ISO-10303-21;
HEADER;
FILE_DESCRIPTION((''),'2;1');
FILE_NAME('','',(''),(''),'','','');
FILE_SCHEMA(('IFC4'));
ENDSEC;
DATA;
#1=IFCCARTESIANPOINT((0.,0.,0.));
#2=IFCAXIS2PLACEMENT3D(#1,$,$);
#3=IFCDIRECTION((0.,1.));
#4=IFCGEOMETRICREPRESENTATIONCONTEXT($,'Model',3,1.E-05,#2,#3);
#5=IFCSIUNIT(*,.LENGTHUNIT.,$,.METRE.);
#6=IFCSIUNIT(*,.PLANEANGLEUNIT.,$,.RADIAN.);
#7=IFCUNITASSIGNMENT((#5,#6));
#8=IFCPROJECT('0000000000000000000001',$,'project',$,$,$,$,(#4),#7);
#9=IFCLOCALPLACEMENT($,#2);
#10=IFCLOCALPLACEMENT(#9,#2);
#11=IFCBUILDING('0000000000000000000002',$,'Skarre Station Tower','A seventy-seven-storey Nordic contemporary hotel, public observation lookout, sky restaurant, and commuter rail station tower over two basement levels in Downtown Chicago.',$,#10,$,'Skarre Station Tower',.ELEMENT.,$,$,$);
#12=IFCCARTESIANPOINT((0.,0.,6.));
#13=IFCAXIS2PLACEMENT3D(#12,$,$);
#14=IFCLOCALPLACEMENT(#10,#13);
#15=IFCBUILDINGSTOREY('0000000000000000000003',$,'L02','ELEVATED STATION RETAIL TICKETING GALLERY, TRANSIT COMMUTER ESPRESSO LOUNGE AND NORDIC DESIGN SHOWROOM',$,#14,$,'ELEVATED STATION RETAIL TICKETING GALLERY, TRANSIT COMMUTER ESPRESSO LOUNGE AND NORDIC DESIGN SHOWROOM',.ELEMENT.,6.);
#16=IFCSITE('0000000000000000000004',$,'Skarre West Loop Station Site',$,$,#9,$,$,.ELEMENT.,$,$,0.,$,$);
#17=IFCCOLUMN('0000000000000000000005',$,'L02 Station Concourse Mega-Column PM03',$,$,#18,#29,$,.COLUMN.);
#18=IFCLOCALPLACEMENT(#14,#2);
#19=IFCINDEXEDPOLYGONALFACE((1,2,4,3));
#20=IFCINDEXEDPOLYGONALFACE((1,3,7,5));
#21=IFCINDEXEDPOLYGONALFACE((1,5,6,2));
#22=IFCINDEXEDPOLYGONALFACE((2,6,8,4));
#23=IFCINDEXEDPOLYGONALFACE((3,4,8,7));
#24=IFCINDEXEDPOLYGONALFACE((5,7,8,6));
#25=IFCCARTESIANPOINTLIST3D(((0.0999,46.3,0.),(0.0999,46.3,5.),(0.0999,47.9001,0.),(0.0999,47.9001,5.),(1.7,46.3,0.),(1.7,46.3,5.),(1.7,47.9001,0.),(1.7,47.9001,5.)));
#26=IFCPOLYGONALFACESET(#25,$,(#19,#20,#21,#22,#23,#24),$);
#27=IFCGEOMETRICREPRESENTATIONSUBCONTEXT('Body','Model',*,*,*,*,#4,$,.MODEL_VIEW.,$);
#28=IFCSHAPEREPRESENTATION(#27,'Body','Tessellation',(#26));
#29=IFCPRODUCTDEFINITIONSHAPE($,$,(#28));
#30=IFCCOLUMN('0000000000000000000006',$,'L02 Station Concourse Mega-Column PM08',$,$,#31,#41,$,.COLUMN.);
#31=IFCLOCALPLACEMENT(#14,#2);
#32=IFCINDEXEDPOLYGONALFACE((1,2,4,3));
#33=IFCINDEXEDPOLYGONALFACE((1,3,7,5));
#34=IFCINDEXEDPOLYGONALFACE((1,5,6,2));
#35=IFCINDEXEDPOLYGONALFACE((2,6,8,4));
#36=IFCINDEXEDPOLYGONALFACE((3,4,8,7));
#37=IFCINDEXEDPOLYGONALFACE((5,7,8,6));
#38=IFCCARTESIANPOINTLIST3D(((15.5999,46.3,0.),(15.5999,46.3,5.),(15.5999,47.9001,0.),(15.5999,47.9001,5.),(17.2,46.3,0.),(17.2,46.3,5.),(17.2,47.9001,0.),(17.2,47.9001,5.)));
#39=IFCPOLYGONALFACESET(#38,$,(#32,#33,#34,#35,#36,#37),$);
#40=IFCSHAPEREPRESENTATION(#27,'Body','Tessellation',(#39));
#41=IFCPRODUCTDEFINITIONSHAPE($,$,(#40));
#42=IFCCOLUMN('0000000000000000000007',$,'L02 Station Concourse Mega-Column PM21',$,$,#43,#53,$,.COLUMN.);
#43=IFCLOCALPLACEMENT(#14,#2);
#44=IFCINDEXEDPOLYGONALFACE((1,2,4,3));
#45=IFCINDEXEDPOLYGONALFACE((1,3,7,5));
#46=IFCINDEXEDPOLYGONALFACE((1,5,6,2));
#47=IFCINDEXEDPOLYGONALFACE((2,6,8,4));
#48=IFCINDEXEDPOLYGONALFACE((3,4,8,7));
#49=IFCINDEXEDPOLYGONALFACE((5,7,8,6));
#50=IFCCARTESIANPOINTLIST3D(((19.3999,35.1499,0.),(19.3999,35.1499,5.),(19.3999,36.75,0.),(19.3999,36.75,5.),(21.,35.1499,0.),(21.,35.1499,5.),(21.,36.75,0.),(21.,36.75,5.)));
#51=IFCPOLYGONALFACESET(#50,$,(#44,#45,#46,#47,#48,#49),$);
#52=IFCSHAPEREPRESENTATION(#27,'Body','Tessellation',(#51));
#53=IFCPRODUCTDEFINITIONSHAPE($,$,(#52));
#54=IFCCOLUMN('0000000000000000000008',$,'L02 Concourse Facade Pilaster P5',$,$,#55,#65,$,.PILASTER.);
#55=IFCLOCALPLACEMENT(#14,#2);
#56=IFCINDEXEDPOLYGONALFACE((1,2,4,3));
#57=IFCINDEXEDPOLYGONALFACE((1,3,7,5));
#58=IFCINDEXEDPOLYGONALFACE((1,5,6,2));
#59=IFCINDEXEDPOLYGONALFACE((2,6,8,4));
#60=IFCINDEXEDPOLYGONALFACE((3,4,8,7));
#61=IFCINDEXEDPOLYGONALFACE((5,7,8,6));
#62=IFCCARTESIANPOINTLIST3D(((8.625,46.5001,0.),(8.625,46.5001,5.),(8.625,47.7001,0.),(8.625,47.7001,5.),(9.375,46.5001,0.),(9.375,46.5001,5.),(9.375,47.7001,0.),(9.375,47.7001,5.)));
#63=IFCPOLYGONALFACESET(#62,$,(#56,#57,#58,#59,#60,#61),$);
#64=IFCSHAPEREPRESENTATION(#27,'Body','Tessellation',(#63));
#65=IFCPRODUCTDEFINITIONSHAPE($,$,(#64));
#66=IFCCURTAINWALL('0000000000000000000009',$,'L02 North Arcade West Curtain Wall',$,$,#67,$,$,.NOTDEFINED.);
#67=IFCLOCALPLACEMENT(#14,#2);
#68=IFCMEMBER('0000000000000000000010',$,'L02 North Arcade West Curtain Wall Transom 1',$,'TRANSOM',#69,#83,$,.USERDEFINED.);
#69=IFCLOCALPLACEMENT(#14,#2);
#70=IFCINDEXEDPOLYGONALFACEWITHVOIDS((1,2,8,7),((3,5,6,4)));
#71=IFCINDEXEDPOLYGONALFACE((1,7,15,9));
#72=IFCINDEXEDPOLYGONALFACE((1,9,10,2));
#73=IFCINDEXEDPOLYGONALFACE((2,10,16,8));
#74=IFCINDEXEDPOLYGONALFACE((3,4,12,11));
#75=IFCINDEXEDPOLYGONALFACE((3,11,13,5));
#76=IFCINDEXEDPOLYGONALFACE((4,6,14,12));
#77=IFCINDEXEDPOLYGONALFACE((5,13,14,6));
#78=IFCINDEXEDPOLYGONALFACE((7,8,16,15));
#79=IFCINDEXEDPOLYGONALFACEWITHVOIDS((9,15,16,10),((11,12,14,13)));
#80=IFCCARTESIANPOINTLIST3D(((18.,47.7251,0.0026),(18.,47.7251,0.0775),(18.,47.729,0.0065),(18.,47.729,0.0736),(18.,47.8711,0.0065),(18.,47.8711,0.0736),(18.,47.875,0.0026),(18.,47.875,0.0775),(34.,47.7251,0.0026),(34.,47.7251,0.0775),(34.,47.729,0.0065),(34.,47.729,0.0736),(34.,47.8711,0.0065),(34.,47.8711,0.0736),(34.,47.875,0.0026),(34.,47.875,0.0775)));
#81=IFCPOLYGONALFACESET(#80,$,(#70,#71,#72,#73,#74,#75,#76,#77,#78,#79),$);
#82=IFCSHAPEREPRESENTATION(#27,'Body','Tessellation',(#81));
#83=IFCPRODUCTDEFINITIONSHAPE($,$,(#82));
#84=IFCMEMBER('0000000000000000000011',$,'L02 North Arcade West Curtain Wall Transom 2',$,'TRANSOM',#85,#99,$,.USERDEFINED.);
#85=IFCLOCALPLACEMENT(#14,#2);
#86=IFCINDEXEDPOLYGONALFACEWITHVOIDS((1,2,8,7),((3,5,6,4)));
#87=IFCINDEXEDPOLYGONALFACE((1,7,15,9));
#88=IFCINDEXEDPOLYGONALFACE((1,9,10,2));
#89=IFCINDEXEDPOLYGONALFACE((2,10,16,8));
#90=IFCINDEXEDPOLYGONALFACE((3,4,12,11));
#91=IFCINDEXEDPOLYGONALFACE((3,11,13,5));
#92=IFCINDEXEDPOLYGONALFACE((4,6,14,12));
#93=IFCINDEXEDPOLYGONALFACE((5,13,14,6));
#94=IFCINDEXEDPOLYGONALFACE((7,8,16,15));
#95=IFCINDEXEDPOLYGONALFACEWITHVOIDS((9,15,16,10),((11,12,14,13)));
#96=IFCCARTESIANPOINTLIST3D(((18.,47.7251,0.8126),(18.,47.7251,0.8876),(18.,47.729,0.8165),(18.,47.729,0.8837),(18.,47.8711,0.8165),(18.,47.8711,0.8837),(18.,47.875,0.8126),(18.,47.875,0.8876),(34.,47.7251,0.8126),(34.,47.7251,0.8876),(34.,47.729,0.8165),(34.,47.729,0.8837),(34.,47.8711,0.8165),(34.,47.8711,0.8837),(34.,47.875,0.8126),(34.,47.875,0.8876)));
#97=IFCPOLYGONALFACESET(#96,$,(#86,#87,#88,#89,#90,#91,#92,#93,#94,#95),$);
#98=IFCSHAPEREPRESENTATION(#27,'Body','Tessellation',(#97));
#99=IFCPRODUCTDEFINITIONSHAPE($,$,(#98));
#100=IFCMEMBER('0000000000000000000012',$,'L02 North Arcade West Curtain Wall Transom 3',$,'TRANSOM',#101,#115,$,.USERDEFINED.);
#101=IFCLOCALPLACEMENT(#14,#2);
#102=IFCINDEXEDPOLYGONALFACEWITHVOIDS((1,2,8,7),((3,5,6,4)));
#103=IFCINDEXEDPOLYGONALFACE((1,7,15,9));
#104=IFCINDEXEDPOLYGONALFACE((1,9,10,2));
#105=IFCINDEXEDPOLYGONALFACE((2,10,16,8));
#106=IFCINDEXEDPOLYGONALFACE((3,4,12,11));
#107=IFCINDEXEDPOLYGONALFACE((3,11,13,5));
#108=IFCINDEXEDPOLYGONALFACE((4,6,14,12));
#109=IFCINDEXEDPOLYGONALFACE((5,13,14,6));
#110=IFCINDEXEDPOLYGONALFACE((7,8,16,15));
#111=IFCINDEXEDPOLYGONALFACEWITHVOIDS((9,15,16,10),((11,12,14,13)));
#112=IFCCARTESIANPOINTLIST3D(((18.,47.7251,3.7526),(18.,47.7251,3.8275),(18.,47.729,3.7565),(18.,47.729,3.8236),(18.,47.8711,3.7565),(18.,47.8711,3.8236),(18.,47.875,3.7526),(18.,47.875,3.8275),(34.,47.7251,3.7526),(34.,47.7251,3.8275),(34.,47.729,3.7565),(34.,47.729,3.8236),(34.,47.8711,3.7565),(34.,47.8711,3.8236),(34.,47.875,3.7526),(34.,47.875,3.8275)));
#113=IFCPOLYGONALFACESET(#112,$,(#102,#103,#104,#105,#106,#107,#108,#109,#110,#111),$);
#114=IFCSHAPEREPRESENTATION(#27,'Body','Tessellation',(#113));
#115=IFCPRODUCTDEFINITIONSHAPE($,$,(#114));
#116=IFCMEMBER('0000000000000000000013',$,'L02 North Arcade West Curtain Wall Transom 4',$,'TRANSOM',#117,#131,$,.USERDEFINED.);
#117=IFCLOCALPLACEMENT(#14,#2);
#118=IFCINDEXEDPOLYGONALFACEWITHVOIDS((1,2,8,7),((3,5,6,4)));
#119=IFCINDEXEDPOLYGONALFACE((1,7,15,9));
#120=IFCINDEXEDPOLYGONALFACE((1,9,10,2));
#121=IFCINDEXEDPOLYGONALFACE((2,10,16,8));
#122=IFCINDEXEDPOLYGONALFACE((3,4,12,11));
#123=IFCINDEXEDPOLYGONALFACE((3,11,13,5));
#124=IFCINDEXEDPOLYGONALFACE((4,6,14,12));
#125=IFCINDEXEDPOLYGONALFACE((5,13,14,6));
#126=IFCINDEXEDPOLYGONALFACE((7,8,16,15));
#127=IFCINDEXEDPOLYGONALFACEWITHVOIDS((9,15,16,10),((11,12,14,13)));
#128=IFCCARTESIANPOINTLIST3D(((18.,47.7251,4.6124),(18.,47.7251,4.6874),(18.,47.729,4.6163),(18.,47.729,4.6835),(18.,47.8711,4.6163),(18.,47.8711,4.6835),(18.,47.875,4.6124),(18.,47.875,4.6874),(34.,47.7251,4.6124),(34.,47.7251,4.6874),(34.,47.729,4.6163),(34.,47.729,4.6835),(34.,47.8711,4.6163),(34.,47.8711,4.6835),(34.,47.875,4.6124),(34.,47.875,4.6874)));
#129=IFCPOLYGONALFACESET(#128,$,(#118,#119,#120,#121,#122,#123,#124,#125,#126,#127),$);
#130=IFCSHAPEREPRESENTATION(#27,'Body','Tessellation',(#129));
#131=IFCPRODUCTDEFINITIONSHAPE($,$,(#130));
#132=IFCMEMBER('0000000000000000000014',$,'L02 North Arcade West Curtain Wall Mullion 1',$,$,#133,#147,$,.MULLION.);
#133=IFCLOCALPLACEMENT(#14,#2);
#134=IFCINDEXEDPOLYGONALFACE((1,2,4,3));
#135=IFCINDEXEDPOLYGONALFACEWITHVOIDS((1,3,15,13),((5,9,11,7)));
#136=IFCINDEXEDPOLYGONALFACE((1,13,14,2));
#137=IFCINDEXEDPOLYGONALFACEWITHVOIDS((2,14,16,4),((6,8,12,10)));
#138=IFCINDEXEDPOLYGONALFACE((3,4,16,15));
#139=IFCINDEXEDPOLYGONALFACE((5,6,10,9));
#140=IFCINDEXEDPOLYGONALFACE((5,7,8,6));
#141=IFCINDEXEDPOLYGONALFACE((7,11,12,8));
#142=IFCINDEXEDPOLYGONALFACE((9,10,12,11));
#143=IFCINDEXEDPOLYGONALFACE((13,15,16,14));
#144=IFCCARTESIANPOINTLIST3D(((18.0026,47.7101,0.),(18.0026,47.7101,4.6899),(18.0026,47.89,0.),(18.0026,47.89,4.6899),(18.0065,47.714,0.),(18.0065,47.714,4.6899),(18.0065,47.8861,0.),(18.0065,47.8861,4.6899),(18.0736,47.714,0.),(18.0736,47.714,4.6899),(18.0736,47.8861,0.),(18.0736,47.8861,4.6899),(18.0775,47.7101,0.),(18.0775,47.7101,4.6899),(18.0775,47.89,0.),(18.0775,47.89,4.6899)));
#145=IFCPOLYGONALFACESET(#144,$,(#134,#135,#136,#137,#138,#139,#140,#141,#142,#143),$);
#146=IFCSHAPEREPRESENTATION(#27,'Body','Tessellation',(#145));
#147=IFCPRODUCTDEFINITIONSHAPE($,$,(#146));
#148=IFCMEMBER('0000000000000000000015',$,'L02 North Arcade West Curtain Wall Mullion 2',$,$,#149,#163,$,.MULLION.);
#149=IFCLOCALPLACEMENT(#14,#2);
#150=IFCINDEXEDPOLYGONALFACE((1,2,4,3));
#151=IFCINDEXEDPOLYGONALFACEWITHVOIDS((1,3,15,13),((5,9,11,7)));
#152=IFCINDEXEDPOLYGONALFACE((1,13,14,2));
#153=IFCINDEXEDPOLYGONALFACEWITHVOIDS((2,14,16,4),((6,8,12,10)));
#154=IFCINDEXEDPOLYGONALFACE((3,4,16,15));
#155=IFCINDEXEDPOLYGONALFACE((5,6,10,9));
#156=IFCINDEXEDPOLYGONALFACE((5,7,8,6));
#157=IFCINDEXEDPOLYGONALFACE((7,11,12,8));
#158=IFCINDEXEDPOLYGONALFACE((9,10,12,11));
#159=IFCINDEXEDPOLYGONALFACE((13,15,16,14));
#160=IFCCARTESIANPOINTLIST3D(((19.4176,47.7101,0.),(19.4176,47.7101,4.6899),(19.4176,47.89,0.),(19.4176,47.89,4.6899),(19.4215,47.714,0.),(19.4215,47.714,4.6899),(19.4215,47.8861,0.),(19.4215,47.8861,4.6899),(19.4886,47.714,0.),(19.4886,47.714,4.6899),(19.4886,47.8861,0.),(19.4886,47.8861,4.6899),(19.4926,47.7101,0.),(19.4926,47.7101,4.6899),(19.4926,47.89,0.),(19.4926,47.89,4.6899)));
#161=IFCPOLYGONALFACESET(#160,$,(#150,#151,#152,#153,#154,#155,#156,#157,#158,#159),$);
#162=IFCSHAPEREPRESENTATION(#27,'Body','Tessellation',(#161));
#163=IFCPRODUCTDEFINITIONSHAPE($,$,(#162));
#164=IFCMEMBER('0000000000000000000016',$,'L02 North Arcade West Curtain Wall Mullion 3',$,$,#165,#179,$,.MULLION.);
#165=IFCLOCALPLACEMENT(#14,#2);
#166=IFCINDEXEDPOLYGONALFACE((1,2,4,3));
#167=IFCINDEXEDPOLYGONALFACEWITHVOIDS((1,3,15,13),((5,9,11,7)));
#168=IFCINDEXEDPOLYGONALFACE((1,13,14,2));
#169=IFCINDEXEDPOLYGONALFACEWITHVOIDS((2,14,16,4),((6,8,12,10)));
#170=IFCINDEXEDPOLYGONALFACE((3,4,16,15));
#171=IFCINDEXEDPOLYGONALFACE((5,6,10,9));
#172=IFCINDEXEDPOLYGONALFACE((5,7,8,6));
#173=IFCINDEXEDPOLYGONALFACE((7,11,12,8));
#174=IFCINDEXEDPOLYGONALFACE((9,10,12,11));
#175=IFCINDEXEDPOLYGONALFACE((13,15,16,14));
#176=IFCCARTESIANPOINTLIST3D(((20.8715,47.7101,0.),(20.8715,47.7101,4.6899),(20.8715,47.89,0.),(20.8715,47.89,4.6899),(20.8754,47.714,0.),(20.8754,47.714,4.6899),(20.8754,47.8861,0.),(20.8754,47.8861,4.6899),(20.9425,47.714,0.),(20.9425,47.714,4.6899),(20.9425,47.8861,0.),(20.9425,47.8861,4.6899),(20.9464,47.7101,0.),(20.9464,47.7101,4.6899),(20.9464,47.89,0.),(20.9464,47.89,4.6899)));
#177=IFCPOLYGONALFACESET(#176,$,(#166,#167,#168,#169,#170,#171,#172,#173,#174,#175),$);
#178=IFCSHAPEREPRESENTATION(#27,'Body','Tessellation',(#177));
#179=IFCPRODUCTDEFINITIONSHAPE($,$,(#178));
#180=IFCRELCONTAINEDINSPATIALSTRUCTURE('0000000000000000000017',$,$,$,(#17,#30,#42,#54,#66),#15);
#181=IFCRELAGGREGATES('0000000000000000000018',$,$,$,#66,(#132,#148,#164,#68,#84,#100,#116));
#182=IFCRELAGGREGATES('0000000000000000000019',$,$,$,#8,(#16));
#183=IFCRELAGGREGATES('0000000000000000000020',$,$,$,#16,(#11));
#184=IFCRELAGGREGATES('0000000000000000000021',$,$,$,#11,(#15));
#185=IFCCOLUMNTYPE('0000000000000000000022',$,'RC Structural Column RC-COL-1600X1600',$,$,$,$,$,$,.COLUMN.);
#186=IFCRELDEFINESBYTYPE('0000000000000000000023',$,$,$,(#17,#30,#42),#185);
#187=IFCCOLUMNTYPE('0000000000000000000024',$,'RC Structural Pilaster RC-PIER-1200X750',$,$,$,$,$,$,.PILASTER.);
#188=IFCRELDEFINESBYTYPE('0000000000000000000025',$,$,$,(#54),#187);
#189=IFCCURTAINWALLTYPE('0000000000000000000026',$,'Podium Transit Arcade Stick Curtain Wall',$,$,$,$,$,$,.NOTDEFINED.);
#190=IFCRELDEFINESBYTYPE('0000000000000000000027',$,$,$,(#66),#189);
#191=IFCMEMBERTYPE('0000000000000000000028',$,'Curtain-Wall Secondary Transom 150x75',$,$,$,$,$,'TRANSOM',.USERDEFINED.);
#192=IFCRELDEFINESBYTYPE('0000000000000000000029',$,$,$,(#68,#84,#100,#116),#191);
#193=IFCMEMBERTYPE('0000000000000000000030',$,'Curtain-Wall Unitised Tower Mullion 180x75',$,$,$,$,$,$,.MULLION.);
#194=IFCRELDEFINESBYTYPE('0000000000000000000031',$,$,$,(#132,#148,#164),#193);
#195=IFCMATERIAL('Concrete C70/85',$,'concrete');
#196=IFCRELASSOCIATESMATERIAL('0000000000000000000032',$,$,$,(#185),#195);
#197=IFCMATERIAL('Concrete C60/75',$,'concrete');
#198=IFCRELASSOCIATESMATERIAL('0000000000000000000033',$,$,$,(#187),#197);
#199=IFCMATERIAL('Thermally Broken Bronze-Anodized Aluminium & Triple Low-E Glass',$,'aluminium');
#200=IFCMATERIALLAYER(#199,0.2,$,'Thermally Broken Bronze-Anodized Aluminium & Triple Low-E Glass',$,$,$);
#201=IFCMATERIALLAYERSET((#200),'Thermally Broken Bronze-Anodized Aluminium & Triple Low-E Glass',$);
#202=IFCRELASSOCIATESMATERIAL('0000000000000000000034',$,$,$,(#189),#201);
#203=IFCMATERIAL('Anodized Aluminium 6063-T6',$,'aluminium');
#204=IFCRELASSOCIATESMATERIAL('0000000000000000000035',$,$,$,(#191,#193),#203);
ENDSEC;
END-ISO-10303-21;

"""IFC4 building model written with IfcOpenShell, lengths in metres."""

from ifc_helpers import new_model, si_unit, direction, frame, origin, origin_2d, place, context, subcontext, project, spatial, rectangle, hollow_rectangle, extrude, material, layer, layer_set, material_profile, profile_set, type_object, element, aggregate, save


model = new_model("IFC4")

# Units and contexts
model_context = context("Model", 3, precision=1e-05, world=origin(), true_north=direction((0.0, 1.0)))
body_context = subcontext(model_context, "Body", "Model", "MODEL_VIEW")
ifc_project = project(units=[si_unit("LENGTHUNIT", "METRE"), si_unit("PLANEANGLEUNIT", "RADIAN")], contexts=[model_context])

# Site, building, storey
site_placement = place(None, origin())
site = spatial("IfcSite", under=ifc_project, at=site_placement, Name="Skarre West Loop Station Site", CompositionType="ELEMENT", RefElevation=0.0)
building_placement = place(site_placement, origin())
building = spatial("IfcBuilding", under=site, at=building_placement, Name="Skarre Station Tower", Description="A seventy-seven-storey Nordic contemporary hotel, public observation lookout, sky restaurant, and commuter rail station tower over two basement levels in Downtown Chicago.", LongName="Skarre Station Tower", CompositionType="ELEMENT")
storey_placement = place(building_placement, frame((0.0, 0.0, 6.0)))
storey = spatial("IfcBuildingStorey", under=building, at=storey_placement, Name="L02", Description="ELEVATED STATION RETAIL TICKETING GALLERY, TRANSIT COMMUTER ESPRESSO LOUNGE AND NORDIC DESIGN SHOWROOM", LongName="ELEVATED STATION RETAIL TICKETING GALLERY, TRANSIT COMMUTER ESPRESSO LOUNGE AND NORDIC DESIGN SHOWROOM", CompositionType="ELEMENT", Elevation=6.0)

# Columns
ifc_material_1 = material(Name="Concrete C70/85", Category="concrete")
ifc_material_profile_1 = material_profile(ifc_material_1, rectangle(XDim=1.6001, YDim=1.6001, at=origin_2d()), Name="Concrete C70/85")
ifc_profile_set_1 = profile_set([ifc_material_profile_1], Name="Concrete C70/85")
column_type_1 = type_object("IfcColumnType", Name="RC Structural Column RC-COL-1600X1600", PredefinedType="COLUMN", material=ifc_profile_set_1)
for number, where, z_axis, x_axis, name in (
    (1, (0.8999, 47.1001, 0.0), (0.0, 0.0, 1.0), (1.0, 0.0, 0.0), "L02 Station Concourse Mega-Column PM03"),
    (2, (16.3999, 47.1001, 0.0), (0.0, 0.0, 1.0), (1.0, 0.0, 0.0), "L02 Station Concourse Mega-Column PM08"),
    (3, (20.2, 35.95, 0.0), (0.0, 0.0, 1.0), (1.0, 0.0, 0.0), "L02 Station Concourse Mega-Column PM21"),
):
    element("IfcColumn", number, at=place(storey_placement, frame(where, z_axis=z_axis, x_axis=x_axis)), inside=storey, type_object=column_type_1, Name=name, PredefinedType="COLUMN", context=body_context, shape_type="SweptSolid", body=[
        extrude(rectangle(XDim=1.6001, YDim=1.6001, at=origin_2d()), origin(), (0.0, 0.0, 1.0), 5.0),
    ])
ifc_material_2 = material(Name="Concrete C60/75", Category="concrete")
ifc_material_profile_2 = material_profile(ifc_material_2, rectangle(XDim=0.75, YDim=1.2, at=origin_2d()), Name="Concrete C60/75")
ifc_profile_set_2 = profile_set([ifc_material_profile_2], Name="Concrete C60/75")
column_type_2 = type_object("IfcColumnType", Name="RC Structural Pilaster RC-PIER-1200X750", PredefinedType="PILASTER", material=ifc_profile_set_2)
column_placement = place(storey_placement, frame((9.0, 47.1001, 0.0), z_axis=(0.0, 0.0, 1.0), x_axis=(1.0, 0.0, 0.0)))
element("IfcColumn", 4, at=column_placement, inside=storey, type_object=column_type_2, Name="L02 Concourse Facade Pilaster P5", PredefinedType="PILASTER", context=body_context, shape_type="SweptSolid", body=[
    extrude(rectangle(XDim=0.75, YDim=1.2, at=origin_2d()), origin(), (0.0, 0.0, 1.0), 5.0),
])

# Curtain wall, members
ifc_material_3 = material(Name="Thermally Broken Bronze-Anodized Aluminium & Triple Low-E Glass", Category="aluminium")
ifc_layer_1 = layer(ifc_material_3, 0.2, Name="Thermally Broken Bronze-Anodized Aluminium & Triple Low-E Glass")
ifc_layer_set_1 = layer_set([ifc_layer_1], Name="Thermally Broken Bronze-Anodized Aluminium & Triple Low-E Glass")
curtain_wall_type = type_object("IfcCurtainWallType", Name="Podium Transit Arcade Stick Curtain Wall", PredefinedType="NOTDEFINED", material=ifc_layer_set_1)
curtain_wall_placement = place(storey_placement, origin())
curtain_wall = element("IfcCurtainWall", 5, at=curtain_wall_placement, inside=storey, type_object=curtain_wall_type, Name="L02 North Arcade West Curtain Wall", PredefinedType="NOTDEFINED")
ifc_material_4 = material(Name="Anodized Aluminium 6063-T6", Category="aluminium")
ifc_material_profile_3 = material_profile(ifc_material_4, hollow_rectangle(XDim=0.075, YDim=0.1499, WallThickness=0.0039, at=origin_2d()), Name="Anodized Aluminium 6063-T6")
ifc_profile_set_3 = profile_set([ifc_material_profile_3], Name="Anodized Aluminium 6063-T6")
member_type_1 = type_object("IfcMemberType", Name="Curtain-Wall Secondary Transom 150x75", ElementType="TRANSOM", PredefinedType="USERDEFINED", material=ifc_profile_set_3)
member_1_placement = place(storey_placement, frame((18.0, 47.8, 0.04), z_axis=(1.0, 0.0, 0.0), x_axis=(0.0, 0.0, 1.0)))
member_1 = element("IfcMember", 6, at=member_1_placement, type_object=member_type_1, Name="L02 North Arcade West Curtain Wall Transom 1", ObjectType="TRANSOM", PredefinedType="USERDEFINED", context=body_context, shape_type="SweptSolid", body=[
    extrude(hollow_rectangle(XDim=0.075, YDim=0.1499, WallThickness=0.0039, at=origin_2d()), origin(), (0.0, 0.0, 1.0), 16.0),
])
member_2_placement = place(storey_placement, frame((18.0, 47.8, 0.8501), z_axis=(1.0, 0.0, 0.0), x_axis=(0.0, 0.0, 1.0)))
member_2 = element("IfcMember", 7, at=member_2_placement, type_object=member_type_1, Name="L02 North Arcade West Curtain Wall Transom 2", ObjectType="TRANSOM", PredefinedType="USERDEFINED", context=body_context, shape_type="SweptSolid", body=[
    extrude(hollow_rectangle(XDim=0.075, YDim=0.1499, WallThickness=0.0039, at=origin_2d()), origin(), (0.0, 0.0, 1.0), 16.0),
])
member_3_placement = place(storey_placement, frame((18.0, 47.8, 3.79), z_axis=(1.0, 0.0, 0.0), x_axis=(0.0, 0.0, 1.0)))
member_3 = element("IfcMember", 8, at=member_3_placement, type_object=member_type_1, Name="L02 North Arcade West Curtain Wall Transom 3", ObjectType="TRANSOM", PredefinedType="USERDEFINED", context=body_context, shape_type="SweptSolid", body=[
    extrude(hollow_rectangle(XDim=0.075, YDim=0.1499, WallThickness=0.0039, at=origin_2d()), origin(), (0.0, 0.0, 1.0), 16.0),
])
member_4_placement = place(storey_placement, frame((18.0, 47.8, 4.6499), z_axis=(1.0, 0.0, 0.0), x_axis=(0.0, 0.0, 1.0)))
member_4 = element("IfcMember", 9, at=member_4_placement, type_object=member_type_1, Name="L02 North Arcade West Curtain Wall Transom 4", ObjectType="TRANSOM", PredefinedType="USERDEFINED", context=body_context, shape_type="SweptSolid", body=[
    extrude(hollow_rectangle(XDim=0.075, YDim=0.1499, WallThickness=0.0039, at=origin_2d()), origin(), (0.0, 0.0, 1.0), 16.0),
])
ifc_material_profile_4 = material_profile(ifc_material_4, hollow_rectangle(XDim=0.075, YDim=0.1799, WallThickness=0.0039, at=origin_2d()), Name="Anodized Aluminium 6063-T6")
ifc_profile_set_4 = profile_set([ifc_material_profile_4], Name="Anodized Aluminium 6063-T6")
member_type_2 = type_object("IfcMemberType", Name="Curtain-Wall Unitised Tower Mullion 180x75", PredefinedType="MULLION", material=ifc_profile_set_4)
member_5_placement = place(storey_placement, frame((18.04, 47.8, 0.0), z_axis=(0.0, 0.0, 1.0), x_axis=(1.0, 0.0, 0.0)))
member_5 = element("IfcMember", 10, at=member_5_placement, type_object=member_type_2, Name="L02 North Arcade West Curtain Wall Mullion 1", PredefinedType="MULLION", context=body_context, shape_type="SweptSolid", body=[
    extrude(hollow_rectangle(XDim=0.075, YDim=0.1799, WallThickness=0.0039, at=origin_2d()), origin(), (0.0, 0.0, 1.0), 4.6899),
])
member_6_placement = place(storey_placement, frame((19.4551, 47.8, 0.0), z_axis=(0.0, 0.0, 1.0), x_axis=(1.0, 0.0, 0.0)))
member_6 = element("IfcMember", 11, at=member_6_placement, type_object=member_type_2, Name="L02 North Arcade West Curtain Wall Mullion 2", PredefinedType="MULLION", context=body_context, shape_type="SweptSolid", body=[
    extrude(hollow_rectangle(XDim=0.075, YDim=0.1799, WallThickness=0.0039, at=origin_2d()), origin(), (0.0, 0.0, 1.0), 4.6899),
])
member_7_placement = place(storey_placement, frame((20.9089, 47.8, 0.0), z_axis=(0.0, 0.0, 1.0), x_axis=(1.0, 0.0, 0.0)))
member_7 = element("IfcMember", 12, at=member_7_placement, type_object=member_type_2, Name="L02 North Arcade West Curtain Wall Mullion 3", PredefinedType="MULLION", context=body_context, shape_type="SweptSolid", body=[
    extrude(hollow_rectangle(XDim=0.075, YDim=0.1799, WallThickness=0.0039, at=origin_2d()), origin(), (0.0, 0.0, 1.0), 4.6899),
])

aggregate(curtain_wall, [member_5, member_6, member_7, member_1, member_2, member_3, member_4])

save(model, "model.ifc")
